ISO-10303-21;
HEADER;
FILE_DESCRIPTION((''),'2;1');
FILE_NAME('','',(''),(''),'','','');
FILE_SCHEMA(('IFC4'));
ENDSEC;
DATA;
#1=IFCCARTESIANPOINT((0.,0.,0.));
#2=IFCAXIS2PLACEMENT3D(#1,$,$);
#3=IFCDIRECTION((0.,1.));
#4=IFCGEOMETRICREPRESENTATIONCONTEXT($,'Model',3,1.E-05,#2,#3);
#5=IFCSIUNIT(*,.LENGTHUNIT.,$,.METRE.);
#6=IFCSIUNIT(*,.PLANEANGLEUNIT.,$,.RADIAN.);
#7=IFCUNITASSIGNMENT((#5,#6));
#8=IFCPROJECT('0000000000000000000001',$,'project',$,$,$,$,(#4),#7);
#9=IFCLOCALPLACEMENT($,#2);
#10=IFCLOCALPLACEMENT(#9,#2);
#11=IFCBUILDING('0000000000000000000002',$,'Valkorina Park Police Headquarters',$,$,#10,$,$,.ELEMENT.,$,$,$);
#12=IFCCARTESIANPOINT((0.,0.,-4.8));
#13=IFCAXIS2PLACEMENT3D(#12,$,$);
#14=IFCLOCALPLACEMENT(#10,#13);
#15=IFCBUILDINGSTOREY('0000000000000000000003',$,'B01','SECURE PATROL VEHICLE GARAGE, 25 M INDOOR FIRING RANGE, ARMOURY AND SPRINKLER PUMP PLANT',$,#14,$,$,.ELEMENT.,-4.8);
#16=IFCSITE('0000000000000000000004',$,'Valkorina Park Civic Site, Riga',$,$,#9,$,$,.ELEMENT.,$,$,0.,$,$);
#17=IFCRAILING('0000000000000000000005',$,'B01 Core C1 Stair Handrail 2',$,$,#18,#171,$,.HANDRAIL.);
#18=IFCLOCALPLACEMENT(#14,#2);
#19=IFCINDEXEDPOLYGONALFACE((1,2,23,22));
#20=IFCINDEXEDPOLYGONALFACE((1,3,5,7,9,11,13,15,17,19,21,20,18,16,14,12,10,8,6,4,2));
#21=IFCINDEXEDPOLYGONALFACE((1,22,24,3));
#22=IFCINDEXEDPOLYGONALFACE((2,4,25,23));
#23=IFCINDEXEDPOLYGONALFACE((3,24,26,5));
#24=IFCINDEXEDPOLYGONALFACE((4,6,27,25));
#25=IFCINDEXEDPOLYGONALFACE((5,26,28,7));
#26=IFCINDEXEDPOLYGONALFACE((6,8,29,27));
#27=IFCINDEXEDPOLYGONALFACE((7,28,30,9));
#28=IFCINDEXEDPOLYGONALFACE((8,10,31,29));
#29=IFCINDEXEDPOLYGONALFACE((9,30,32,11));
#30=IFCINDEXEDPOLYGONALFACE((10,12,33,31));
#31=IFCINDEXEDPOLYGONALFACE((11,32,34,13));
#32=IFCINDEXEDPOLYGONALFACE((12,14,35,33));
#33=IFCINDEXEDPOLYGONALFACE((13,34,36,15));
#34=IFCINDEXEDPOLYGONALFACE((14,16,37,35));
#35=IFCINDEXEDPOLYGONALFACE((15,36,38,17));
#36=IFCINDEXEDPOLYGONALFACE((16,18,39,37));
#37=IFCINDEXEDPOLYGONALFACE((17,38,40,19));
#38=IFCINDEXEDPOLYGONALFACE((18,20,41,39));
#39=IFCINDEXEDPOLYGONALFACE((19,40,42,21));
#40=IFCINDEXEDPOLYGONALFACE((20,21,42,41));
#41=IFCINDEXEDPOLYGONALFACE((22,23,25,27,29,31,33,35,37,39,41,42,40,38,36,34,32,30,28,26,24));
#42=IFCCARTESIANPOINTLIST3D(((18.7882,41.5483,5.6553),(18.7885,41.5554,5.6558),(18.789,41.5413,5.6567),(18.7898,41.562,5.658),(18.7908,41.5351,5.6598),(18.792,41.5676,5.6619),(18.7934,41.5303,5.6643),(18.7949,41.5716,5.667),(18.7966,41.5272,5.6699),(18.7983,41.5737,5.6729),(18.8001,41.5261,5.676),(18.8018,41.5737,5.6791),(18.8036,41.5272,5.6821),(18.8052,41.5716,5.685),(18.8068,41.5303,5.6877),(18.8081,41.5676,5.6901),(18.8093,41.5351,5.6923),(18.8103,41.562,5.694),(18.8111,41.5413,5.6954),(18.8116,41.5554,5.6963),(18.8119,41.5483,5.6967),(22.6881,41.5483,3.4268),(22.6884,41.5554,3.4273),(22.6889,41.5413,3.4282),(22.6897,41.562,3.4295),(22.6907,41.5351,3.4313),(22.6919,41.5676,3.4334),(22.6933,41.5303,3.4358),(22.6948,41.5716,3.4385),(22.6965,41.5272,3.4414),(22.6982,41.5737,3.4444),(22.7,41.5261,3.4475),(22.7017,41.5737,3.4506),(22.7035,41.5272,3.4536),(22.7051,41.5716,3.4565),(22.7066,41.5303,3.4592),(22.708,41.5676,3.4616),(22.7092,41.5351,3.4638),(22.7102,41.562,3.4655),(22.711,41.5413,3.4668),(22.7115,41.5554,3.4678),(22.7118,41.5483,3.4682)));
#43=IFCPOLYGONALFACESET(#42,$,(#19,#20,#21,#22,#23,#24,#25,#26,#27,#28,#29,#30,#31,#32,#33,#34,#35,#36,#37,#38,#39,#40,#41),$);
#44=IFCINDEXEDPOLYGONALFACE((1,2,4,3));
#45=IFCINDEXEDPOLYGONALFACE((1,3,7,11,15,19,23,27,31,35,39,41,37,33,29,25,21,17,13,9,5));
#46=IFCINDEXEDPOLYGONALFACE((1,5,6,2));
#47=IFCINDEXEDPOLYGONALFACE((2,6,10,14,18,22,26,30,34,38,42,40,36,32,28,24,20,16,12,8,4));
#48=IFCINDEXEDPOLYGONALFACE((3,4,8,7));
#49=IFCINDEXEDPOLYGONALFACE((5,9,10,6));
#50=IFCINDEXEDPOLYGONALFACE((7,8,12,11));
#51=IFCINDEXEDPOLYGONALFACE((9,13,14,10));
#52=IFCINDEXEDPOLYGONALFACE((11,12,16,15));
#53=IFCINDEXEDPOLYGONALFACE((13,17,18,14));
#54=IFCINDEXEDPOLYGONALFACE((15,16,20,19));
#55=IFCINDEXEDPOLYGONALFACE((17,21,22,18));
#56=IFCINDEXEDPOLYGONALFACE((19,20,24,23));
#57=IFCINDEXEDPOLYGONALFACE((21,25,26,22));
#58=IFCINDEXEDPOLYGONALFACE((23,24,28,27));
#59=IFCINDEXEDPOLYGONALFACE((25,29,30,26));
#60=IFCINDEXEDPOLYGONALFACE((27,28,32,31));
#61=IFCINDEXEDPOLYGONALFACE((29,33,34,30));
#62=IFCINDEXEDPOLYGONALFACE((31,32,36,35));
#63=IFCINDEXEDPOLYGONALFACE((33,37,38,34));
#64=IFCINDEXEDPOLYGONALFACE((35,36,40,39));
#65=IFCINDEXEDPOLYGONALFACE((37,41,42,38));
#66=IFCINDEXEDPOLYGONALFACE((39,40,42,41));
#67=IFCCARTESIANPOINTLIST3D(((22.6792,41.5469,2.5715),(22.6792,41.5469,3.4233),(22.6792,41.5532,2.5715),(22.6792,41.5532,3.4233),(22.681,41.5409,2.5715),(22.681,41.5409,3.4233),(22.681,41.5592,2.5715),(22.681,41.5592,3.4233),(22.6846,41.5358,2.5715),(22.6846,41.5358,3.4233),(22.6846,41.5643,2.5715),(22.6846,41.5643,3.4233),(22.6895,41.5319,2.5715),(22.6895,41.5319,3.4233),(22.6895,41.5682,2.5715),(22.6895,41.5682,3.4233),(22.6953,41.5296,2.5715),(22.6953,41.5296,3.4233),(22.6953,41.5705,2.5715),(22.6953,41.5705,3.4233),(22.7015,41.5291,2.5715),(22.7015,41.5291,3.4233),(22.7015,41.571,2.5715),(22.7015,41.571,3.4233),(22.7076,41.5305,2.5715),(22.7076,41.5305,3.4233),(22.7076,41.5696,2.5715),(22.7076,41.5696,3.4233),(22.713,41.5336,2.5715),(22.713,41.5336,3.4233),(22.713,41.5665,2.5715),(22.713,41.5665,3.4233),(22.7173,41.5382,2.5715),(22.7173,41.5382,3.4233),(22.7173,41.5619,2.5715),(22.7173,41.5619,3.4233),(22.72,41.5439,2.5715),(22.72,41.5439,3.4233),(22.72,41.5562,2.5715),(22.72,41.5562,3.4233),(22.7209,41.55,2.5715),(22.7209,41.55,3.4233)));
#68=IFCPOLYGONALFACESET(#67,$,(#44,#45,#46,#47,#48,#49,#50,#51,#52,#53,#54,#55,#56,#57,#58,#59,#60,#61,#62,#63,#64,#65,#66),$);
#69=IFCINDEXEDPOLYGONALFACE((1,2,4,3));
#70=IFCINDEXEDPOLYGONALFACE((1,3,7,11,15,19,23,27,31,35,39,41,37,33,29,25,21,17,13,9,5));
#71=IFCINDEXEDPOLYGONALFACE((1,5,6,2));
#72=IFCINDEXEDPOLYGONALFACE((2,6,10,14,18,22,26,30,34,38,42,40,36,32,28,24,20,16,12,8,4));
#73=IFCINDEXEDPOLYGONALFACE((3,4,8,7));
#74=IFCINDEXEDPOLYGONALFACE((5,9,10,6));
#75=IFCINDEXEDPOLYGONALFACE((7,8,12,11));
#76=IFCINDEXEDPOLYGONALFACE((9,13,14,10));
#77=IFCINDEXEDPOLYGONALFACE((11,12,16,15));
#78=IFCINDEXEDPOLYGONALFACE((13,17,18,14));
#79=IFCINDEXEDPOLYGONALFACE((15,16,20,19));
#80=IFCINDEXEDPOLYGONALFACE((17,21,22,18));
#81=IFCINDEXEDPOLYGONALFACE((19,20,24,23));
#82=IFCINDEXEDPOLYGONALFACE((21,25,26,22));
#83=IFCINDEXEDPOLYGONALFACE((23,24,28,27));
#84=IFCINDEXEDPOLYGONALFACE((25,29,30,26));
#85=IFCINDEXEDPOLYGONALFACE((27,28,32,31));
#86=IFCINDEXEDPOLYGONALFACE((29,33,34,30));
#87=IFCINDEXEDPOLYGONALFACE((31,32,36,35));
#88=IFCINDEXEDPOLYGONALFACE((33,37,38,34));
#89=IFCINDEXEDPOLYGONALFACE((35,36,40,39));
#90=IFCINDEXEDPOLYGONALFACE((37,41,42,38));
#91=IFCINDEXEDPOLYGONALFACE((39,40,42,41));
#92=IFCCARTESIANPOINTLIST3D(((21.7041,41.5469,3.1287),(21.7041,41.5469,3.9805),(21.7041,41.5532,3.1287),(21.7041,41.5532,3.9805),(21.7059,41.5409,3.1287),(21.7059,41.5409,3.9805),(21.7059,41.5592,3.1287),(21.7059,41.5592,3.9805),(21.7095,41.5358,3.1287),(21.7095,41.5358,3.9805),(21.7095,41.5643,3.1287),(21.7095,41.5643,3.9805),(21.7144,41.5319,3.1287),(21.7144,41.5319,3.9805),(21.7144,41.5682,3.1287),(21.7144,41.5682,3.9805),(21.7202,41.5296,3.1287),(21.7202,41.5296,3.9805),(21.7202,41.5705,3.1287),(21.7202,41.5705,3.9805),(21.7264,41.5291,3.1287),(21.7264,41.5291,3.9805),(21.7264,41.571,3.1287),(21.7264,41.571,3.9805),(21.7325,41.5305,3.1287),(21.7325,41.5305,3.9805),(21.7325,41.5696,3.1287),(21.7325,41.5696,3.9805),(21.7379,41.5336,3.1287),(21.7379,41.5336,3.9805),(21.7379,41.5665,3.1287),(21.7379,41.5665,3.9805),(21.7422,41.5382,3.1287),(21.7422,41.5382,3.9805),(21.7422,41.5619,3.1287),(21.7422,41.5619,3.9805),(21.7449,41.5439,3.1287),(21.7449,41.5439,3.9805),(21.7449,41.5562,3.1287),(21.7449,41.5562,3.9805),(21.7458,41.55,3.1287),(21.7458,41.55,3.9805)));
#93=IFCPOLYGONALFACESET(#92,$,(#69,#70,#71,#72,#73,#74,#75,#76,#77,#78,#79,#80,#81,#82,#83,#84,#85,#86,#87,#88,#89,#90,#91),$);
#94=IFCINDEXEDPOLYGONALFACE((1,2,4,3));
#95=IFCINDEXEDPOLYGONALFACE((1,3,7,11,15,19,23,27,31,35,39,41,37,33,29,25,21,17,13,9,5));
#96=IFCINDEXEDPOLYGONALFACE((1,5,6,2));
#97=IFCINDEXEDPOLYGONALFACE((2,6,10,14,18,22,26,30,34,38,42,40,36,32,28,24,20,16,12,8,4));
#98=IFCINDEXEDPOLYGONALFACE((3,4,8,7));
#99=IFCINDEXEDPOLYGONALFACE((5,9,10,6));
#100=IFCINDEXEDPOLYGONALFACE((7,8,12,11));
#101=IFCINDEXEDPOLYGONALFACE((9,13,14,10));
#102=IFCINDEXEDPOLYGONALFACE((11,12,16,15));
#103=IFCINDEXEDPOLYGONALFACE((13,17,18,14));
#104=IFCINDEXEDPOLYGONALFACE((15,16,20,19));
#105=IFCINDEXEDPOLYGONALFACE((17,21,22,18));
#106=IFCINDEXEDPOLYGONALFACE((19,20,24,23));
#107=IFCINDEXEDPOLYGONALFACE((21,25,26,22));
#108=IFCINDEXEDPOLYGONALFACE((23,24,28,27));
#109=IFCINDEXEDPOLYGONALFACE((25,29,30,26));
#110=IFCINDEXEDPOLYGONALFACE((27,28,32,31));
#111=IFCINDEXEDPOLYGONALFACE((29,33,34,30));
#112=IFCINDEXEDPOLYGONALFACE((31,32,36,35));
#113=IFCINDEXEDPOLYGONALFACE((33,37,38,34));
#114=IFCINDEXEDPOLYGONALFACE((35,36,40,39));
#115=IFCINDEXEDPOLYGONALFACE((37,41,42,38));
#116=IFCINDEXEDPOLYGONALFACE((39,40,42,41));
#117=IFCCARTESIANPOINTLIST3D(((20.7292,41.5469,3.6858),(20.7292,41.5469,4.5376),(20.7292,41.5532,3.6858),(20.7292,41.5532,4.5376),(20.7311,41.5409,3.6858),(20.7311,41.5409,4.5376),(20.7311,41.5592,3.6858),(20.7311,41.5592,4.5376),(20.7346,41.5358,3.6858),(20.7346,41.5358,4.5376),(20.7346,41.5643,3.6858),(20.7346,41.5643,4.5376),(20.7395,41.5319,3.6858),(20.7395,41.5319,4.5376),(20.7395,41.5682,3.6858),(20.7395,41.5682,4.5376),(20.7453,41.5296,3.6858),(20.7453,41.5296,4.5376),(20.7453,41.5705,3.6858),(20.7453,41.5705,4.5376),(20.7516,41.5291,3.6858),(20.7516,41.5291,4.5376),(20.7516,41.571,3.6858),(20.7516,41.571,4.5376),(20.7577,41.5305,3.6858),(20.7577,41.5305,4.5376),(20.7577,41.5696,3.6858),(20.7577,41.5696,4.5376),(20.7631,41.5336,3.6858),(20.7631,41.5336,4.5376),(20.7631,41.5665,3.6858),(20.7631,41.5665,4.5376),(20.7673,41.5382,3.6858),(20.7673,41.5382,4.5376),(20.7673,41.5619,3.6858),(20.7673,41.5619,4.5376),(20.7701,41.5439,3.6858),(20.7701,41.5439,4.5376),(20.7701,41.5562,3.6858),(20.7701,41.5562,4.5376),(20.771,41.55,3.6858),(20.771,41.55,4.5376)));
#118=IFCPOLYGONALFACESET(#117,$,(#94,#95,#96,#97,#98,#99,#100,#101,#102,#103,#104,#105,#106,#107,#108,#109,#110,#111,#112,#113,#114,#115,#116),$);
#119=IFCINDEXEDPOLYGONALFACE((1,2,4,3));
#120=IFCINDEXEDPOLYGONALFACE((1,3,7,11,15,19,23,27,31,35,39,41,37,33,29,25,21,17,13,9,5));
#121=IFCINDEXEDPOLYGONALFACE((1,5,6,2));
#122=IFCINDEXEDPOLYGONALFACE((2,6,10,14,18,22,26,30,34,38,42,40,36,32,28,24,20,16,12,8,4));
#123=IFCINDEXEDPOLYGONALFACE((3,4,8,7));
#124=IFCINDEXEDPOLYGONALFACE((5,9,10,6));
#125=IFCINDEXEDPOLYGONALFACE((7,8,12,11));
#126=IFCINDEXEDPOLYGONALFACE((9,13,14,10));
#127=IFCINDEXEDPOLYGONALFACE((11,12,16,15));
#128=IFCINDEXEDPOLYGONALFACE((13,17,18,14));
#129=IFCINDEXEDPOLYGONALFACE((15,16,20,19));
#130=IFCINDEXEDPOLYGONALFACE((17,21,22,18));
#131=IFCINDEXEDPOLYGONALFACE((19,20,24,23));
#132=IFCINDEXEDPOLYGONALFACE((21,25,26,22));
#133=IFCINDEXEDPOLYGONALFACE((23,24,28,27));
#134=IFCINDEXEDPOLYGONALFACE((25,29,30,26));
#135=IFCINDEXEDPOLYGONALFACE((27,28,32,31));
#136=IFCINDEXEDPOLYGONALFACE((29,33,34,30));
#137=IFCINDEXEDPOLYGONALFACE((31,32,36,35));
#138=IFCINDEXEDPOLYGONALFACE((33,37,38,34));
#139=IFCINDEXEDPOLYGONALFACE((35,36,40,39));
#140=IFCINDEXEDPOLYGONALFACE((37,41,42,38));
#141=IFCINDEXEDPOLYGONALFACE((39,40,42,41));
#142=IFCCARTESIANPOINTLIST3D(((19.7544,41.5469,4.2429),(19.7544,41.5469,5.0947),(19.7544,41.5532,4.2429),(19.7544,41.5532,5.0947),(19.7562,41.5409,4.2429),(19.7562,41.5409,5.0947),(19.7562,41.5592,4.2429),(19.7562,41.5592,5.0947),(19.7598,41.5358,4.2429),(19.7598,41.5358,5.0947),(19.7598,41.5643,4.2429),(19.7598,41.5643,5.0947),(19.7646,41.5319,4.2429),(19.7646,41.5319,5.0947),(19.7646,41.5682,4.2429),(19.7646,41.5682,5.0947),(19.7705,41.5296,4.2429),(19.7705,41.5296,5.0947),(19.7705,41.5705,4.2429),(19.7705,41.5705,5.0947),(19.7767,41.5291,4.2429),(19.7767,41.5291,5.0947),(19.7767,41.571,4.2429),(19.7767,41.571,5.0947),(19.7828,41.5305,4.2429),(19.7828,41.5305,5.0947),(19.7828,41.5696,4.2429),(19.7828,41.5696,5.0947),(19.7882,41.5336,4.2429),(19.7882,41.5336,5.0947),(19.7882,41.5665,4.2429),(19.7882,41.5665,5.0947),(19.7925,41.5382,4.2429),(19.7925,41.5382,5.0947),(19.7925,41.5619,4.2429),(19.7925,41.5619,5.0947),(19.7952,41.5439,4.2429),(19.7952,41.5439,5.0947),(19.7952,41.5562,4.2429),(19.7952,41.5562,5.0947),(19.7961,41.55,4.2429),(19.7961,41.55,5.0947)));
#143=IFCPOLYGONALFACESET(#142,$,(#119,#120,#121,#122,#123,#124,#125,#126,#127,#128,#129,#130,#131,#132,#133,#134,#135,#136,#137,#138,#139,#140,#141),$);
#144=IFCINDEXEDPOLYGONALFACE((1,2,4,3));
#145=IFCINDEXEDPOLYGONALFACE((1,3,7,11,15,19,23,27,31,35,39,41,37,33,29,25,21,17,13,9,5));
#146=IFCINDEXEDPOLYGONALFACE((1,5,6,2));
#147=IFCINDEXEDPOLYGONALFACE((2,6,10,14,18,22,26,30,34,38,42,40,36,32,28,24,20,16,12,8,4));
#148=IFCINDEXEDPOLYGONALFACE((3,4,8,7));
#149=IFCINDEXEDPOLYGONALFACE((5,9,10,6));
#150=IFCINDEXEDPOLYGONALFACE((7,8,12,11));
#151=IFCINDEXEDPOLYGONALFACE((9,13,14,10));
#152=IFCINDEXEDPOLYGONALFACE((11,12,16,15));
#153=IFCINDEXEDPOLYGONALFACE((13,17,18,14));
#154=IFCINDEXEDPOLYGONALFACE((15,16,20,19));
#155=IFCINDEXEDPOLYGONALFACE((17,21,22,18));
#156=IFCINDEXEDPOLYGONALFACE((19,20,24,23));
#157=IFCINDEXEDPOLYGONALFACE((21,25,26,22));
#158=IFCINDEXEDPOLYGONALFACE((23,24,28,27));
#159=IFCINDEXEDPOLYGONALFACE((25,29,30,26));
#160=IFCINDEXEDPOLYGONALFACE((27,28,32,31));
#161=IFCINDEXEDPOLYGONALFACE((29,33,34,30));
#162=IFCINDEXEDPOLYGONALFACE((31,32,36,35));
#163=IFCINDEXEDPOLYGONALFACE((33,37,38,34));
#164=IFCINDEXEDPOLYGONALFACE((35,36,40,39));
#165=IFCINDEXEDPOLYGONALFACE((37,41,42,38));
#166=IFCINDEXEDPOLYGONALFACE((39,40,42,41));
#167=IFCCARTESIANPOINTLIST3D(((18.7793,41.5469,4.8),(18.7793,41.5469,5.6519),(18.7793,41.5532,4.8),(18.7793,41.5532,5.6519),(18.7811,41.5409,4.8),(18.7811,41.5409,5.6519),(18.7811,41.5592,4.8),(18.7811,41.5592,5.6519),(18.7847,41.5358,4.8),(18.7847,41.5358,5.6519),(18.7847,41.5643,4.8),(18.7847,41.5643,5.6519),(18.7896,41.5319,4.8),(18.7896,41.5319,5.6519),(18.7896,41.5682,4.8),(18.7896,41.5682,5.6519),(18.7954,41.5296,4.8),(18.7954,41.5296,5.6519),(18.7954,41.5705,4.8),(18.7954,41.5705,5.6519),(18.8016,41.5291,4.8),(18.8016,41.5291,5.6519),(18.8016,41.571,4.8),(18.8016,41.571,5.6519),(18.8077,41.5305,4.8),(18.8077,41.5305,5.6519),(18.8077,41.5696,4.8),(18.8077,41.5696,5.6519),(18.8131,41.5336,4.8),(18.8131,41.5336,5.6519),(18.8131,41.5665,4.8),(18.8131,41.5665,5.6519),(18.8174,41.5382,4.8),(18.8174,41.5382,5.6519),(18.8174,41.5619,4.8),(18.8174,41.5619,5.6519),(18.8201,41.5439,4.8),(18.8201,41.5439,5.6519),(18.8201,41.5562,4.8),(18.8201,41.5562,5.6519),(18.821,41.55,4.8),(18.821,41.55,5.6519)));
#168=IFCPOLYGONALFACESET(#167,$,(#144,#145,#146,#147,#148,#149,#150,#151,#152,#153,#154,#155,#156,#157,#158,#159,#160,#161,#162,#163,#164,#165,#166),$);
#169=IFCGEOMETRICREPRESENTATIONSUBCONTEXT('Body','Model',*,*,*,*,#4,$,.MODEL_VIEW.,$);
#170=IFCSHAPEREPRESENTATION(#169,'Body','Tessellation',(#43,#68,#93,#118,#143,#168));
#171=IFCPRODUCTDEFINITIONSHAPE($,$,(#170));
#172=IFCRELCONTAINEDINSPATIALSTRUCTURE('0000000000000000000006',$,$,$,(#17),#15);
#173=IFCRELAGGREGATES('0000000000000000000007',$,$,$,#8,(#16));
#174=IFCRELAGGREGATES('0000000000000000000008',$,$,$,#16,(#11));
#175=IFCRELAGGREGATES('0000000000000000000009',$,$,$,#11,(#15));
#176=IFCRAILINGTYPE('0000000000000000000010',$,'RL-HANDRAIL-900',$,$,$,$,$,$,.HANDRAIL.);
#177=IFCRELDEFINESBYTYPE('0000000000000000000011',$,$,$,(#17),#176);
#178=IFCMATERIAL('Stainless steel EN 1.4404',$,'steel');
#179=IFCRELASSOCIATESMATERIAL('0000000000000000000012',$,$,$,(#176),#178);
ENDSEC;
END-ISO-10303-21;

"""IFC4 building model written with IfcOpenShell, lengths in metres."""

from ifc_helpers import new_model, si_unit, direction, frame, origin, origin_2d, place, context, subcontext, project, spatial, circle, extrude, material, type_object, element, save


model = new_model("IFC4")

# Units and contexts
model_context = context("Model", 3, precision=1e-05, world=origin(), true_north=direction((0.0, 1.0)))
body_context = subcontext(model_context, "Body", "Model", "MODEL_VIEW")
ifc_project = project(units=[si_unit("LENGTHUNIT", "METRE"), si_unit("PLANEANGLEUNIT", "RADIAN")], contexts=[model_context])

# Site, building, storey
site_placement = place(None, origin())
site = spatial("IfcSite", under=ifc_project, at=site_placement, Name="Valkorina Park Civic Site, Riga", CompositionType="ELEMENT", RefElevation=0.0)
building_placement = place(site_placement, origin())
building = spatial("IfcBuilding", under=site, at=building_placement, Name="Valkorina Park Police Headquarters", CompositionType="ELEMENT")
storey_placement = place(building_placement, frame((0.0, 0.0, -4.8)))
storey = spatial("IfcBuildingStorey", under=building, at=storey_placement, Name="B01", Description="SECURE PATROL VEHICLE GARAGE, 25 M INDOOR FIRING RANGE, ARMOURY AND SPRINKLER PUMP PLANT", CompositionType="ELEMENT", Elevation=-4.8)

# Shared definitions
ifc_material_1 = material(Name="Stainless steel EN 1.4404", Category="steel")

# Railing
railing_type_1 = type_object("IfcRailingType", Name="RL-HANDRAIL-900", PredefinedType="HANDRAIL", material=ifc_material_1)
railing_1_placement = place(storey_placement, frame((22.7, 41.55, 2.5715)))
element("IfcRailing", 1, at=railing_1_placement, inside=storey, type_object=railing_type_1, Name="B01 Core C1 Stair Handrail 2", PredefinedType="HANDRAIL", context=body_context, shape_type="SweptSolid", body=[
    extrude(circle(Radius=0.0239, at=origin_2d()), frame((0.0, 0.0, 0.876), z_axis=(-0.868243, 0.0, 0.496139), x_axis=(0.0, -1.0, 0.0)), (0.0, 0.0, 1.0), 4.4917),
    extrude(circle(Radius=0.021, at=origin_2d()), origin(), (0.0, 0.0, 1.0), 0.8518),
    extrude(circle(Radius=0.021, at=origin_2d()), frame((-0.9751, 0.0, 0.5571)), (0.0, 0.0, 1.0), 0.8518),
    extrude(circle(Radius=0.021, at=origin_2d()), frame((-1.95, 0.0, 1.1143)), (0.0, 0.0, 1.0), 0.8518),
    extrude(circle(Radius=0.021, at=origin_2d()), frame((-2.9248, 0.0, 1.6714)), (0.0, 0.0, 1.0), 0.8518),
    extrude(circle(Radius=0.021, at=origin_2d()), frame((-3.8999, 0.0, 2.2285)), (0.0, 0.0, 1.0), 0.8518),
])

save(model, "model.ifc")
